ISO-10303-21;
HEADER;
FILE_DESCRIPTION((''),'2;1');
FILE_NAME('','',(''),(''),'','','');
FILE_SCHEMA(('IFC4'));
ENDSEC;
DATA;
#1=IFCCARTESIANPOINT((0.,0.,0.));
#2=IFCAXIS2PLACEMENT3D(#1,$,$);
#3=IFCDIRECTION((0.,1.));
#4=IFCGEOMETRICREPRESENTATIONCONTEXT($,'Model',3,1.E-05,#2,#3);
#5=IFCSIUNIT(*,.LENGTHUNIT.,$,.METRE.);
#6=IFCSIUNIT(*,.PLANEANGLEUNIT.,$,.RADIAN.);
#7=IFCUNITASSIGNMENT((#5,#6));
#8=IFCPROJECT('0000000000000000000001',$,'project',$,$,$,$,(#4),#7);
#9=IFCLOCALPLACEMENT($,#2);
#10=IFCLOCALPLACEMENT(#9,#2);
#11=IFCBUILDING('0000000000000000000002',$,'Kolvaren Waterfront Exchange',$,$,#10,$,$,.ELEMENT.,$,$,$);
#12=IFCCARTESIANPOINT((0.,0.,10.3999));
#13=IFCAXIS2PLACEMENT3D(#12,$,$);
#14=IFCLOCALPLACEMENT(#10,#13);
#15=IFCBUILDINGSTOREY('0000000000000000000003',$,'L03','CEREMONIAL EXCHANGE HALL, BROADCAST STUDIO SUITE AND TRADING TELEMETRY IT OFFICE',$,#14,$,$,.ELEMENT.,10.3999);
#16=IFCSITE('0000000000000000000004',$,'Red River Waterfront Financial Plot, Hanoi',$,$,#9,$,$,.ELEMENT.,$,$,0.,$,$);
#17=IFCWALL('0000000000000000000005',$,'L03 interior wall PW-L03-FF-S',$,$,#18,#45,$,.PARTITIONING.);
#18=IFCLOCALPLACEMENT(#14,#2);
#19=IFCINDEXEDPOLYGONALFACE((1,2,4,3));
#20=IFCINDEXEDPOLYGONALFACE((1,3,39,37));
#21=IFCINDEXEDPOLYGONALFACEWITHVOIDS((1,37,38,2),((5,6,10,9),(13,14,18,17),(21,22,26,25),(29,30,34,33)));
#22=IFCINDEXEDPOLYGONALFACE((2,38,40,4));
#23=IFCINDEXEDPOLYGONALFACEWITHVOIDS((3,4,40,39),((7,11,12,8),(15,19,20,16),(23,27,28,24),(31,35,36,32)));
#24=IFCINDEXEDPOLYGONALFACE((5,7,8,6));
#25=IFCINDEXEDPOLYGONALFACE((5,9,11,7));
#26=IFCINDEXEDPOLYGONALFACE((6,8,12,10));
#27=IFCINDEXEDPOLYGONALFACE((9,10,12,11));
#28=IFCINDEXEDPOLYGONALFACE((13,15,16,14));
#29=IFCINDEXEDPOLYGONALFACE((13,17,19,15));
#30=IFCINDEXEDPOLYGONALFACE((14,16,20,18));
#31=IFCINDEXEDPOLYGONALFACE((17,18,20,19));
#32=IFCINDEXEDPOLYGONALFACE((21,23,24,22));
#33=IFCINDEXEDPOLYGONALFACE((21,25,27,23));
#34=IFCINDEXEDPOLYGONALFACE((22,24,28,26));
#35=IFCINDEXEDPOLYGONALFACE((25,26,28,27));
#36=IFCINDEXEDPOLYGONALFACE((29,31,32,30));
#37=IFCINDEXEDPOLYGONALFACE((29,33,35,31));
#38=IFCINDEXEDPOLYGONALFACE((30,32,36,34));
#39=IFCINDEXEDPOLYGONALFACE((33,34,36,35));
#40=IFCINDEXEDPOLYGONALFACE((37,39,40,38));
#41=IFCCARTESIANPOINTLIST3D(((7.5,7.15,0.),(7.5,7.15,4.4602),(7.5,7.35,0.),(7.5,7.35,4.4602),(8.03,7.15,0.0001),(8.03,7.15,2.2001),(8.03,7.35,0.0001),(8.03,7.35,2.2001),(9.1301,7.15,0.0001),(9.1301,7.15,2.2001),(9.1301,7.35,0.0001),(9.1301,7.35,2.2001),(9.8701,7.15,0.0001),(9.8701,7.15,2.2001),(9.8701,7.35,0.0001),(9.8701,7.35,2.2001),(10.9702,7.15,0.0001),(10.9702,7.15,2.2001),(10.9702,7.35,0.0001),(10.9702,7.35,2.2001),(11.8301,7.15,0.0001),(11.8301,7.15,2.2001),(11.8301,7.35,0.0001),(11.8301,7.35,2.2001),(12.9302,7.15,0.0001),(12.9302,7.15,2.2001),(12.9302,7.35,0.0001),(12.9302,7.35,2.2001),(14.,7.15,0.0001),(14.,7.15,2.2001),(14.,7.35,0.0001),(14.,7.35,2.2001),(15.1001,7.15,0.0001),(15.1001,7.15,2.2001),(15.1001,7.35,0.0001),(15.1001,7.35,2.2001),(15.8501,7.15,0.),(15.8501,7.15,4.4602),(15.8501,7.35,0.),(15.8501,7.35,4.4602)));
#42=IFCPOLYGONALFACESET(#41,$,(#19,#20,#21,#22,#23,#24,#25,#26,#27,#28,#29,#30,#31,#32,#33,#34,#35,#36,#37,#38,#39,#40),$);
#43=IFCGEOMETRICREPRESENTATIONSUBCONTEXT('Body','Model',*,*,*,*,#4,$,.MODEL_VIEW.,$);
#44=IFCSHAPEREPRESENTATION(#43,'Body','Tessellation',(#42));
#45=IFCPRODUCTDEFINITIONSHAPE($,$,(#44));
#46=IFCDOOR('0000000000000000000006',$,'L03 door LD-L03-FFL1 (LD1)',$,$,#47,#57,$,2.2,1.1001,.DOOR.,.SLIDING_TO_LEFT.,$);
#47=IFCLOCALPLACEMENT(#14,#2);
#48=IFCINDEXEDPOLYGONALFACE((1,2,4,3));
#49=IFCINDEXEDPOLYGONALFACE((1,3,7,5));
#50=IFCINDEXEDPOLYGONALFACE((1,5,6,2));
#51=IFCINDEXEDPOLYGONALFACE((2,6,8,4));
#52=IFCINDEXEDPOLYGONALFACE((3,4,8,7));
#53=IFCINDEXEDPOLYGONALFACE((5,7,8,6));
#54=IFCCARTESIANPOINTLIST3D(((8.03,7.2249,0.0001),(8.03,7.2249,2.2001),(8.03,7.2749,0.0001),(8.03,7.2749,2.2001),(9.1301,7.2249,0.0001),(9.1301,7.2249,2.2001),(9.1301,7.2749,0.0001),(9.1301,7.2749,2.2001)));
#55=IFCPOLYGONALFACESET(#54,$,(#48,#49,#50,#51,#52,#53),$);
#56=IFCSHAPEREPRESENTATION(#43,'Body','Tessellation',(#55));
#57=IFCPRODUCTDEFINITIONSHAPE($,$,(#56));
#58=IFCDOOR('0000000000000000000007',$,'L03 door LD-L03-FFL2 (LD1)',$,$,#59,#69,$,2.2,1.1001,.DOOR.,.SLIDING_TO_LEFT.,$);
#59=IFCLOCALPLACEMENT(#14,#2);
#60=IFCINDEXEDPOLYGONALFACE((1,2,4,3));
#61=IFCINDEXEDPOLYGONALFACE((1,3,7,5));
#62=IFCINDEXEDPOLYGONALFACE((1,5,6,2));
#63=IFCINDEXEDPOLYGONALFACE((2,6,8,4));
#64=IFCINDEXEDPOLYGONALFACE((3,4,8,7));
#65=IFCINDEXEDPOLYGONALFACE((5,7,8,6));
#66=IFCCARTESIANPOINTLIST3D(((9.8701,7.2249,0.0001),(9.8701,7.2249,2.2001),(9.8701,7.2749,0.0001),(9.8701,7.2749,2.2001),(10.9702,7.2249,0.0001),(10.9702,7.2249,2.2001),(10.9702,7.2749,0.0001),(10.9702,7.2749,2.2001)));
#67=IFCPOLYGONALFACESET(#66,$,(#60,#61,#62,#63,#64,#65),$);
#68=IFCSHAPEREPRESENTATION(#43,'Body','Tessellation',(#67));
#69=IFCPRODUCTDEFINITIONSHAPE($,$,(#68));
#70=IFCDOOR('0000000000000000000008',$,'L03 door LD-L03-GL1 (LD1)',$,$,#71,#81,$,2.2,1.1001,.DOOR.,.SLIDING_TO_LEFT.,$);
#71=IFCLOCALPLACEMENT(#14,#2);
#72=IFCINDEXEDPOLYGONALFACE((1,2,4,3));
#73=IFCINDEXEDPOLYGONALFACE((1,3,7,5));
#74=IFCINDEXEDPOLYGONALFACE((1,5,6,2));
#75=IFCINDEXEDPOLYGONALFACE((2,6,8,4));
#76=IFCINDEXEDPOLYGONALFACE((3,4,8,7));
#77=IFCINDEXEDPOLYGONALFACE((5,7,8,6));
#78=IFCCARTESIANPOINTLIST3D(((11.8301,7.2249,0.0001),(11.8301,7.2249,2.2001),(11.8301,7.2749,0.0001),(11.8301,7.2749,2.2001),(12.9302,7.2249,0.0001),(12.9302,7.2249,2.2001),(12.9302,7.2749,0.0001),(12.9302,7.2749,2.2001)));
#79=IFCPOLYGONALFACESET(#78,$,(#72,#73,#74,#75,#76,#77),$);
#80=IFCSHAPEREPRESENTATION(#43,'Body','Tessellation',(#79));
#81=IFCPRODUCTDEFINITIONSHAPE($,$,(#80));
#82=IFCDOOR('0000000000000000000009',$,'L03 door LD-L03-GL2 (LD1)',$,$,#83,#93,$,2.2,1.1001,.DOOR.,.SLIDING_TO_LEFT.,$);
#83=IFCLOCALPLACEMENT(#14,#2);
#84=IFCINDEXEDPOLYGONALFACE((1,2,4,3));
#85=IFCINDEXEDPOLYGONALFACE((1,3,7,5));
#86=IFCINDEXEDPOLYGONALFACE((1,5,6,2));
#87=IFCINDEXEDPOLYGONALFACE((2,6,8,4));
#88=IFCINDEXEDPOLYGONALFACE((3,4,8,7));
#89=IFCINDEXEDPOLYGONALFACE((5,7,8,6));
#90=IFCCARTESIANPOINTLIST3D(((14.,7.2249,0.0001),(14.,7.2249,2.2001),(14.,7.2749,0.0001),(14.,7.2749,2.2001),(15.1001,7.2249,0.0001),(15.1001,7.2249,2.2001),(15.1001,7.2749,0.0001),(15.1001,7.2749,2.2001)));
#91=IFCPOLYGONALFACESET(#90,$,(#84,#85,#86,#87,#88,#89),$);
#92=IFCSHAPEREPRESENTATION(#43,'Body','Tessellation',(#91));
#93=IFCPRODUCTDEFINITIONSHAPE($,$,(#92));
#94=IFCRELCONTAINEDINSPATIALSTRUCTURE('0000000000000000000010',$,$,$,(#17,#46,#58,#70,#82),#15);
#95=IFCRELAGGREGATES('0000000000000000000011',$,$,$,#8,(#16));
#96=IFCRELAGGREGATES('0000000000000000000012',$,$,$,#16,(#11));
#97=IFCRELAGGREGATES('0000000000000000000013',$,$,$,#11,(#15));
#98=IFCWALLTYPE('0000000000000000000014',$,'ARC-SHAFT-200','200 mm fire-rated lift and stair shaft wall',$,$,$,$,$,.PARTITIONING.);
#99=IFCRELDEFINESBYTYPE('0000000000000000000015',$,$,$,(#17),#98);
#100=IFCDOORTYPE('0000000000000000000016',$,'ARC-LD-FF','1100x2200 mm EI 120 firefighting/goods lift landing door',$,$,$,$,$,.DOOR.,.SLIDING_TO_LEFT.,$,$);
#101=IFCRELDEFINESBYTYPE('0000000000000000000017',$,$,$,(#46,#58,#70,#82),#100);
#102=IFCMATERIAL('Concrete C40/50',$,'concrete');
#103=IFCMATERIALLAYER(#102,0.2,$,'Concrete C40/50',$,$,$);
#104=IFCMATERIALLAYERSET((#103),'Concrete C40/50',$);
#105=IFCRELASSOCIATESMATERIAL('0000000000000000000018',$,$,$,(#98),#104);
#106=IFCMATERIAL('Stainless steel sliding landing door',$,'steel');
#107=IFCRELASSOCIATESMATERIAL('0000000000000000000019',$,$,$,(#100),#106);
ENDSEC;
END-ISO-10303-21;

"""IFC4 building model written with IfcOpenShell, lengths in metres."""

from ifc_helpers import new_model, si_unit, direction, frame, frame_2d, origin, place, context, subcontext, project, spatial, rectangle, extrude, material, layer, layer_set, type_object, element, fill, save


model = new_model("IFC4")

# Units and contexts
model_context = context("Model", 3, precision=1e-05, world=origin(), true_north=direction((0.0, 1.0)))
body_context = subcontext(model_context, "Body", "Model", "MODEL_VIEW")
ifc_project = project(units=[si_unit("LENGTHUNIT", "METRE"), si_unit("PLANEANGLEUNIT", "RADIAN")], contexts=[model_context])

# Site, building, storey
site_placement = place(None, origin())
site = spatial("IfcSite", under=ifc_project, at=site_placement, Name="Red River Waterfront Financial Plot, Hanoi", CompositionType="ELEMENT", RefElevation=0.0)
building_placement = place(site_placement, origin())
building = spatial("IfcBuilding", under=site, at=building_placement, Name="Kolvaren Waterfront Exchange", CompositionType="ELEMENT")
storey_placement = place(building_placement, frame((0.0, 0.0, 10.3999)))
storey = spatial("IfcBuildingStorey", under=building, at=storey_placement, Name="L03", Description="CEREMONIAL EXCHANGE HALL, BROADCAST STUDIO SUITE AND TRADING TELEMETRY IT OFFICE", CompositionType="ELEMENT", Elevation=10.3999)

# Wall, openings, doors
ifc_material_1 = material(Name="Concrete C40/50", Category="concrete")
ifc_layer_1 = layer(ifc_material_1, 0.2, Name="Concrete C40/50")
ifc_layer_set_1 = layer_set([ifc_layer_1], Name="Concrete C40/50")
wall_type_1 = type_object("IfcWallType", Name="ARC-SHAFT-200", Description="200 mm fire-rated lift and stair shaft wall", PredefinedType="PARTITIONING", material=ifc_layer_set_1)
wall_1_placement = place(storey_placement, frame((7.5, 7.25, 0.0), z_axis=(0.0, 0.0, 1.0), x_axis=(1.0, 0.0, 0.0)))
wall_1 = element("IfcWall", 1, at=wall_1_placement, inside=storey, type_object=wall_type_1, Name="L03 interior wall PW-L03-FF-S", PredefinedType="PARTITIONING", context=body_context, shape_type="SweptSolid", body=[
    extrude(rectangle(XDim=8.3501, YDim=0.2, at=frame_2d((4.175, 0.0))), origin(), (0.0, 0.0, 1.0), 4.4602),
])
opening_1_placement = place(wall_1_placement, frame((0.53, 0.0, 0.0)))
opening_1 = element("IfcOpeningElement", 2, at=opening_1_placement, cuts=wall_1, PredefinedType="OPENING", context=body_context, shape_type="SweptSolid", body=[
    extrude(rectangle(XDim=1.1001, YDim=2.2, at=frame_2d((0.55, 1.1001))), frame((0.0, 0.1099, 0.0), z_axis=(0.0, -1.0, 0.0), x_axis=(1.0, 0.0, 0.0)), (0.0, 0.0, 1.0), 0.22),
])
opening_2_placement = place(wall_1_placement, frame((2.3701, 0.0, 0.0)))
opening_2 = element("IfcOpeningElement", 3, at=opening_2_placement, cuts=wall_1, PredefinedType="OPENING", context=body_context, shape_type="SweptSolid", body=[
    extrude(rectangle(XDim=1.1001, YDim=2.2, at=frame_2d((0.55, 1.1001))), frame((0.0, 0.1099, 0.0), z_axis=(0.0, -1.0, 0.0), x_axis=(1.0, 0.0, 0.0)), (0.0, 0.0, 1.0), 0.22),
])
opening_3_placement = place(wall_1_placement, frame((4.3301, 0.0, 0.0)))
opening_3 = element("IfcOpeningElement", 4, at=opening_3_placement, cuts=wall_1, PredefinedType="OPENING", context=body_context, shape_type="SweptSolid", body=[
    extrude(rectangle(XDim=1.1001, YDim=2.2, at=frame_2d((0.55, 1.1001))), frame((0.0, 0.1099, 0.0), z_axis=(0.0, -1.0, 0.0), x_axis=(1.0, 0.0, 0.0)), (0.0, 0.0, 1.0), 0.22),
])
opening_4_placement = place(wall_1_placement, frame((6.5, 0.0, 0.0)))
opening_4 = element("IfcOpeningElement", 5, at=opening_4_placement, cuts=wall_1, PredefinedType="OPENING", context=body_context, shape_type="SweptSolid", body=[
    extrude(rectangle(XDim=1.1001, YDim=2.2, at=frame_2d((0.55, 1.1001))), frame((0.0, 0.1099, 0.0), z_axis=(0.0, -1.0, 0.0), x_axis=(1.0, 0.0, 0.0)), (0.0, 0.0, 1.0), 0.22),
])
ifc_material_2 = material(Name="Stainless steel sliding landing door", Category="steel")
door_type_1 = type_object("IfcDoorType", Name="ARC-LD-FF", Description="1100x2200 mm EI 120 firefighting/goods lift landing door", OperationType="SLIDING_TO_LEFT", PredefinedType="DOOR", material=ifc_material_2)
door_1_placement = place(opening_1_placement, origin())
door_1 = element("IfcDoor", 6, at=door_1_placement, inside=storey, type_object=door_type_1, Name="L03 door LD-L03-FFL1 (LD1)", OperationType="SLIDING_TO_LEFT", OverallHeight=2.2, OverallWidth=1.1001, PredefinedType="DOOR", context=body_context, shape_type="SweptSolid", body=[
    extrude(rectangle(XDim=1.1001, YDim=2.2, at=frame_2d((0.55, 1.1001))), frame((0.0, 0.0249, 0.0), z_axis=(0.0, -1.0, 0.0), x_axis=(1.0, 0.0, 0.0)), (0.0, 0.0, 1.0), 0.05),
])
fill(opening_1, door_1)
door_2_placement = place(opening_2_placement, origin())
door_2 = element("IfcDoor", 7, at=door_2_placement, inside=storey, type_object=door_type_1, Name="L03 door LD-L03-FFL2 (LD1)", OperationType="SLIDING_TO_LEFT", OverallHeight=2.2, OverallWidth=1.1001, PredefinedType="DOOR", context=body_context, shape_type="SweptSolid", body=[
    extrude(rectangle(XDim=1.1001, YDim=2.2, at=frame_2d((0.55, 1.1001))), frame((0.0, 0.0249, 0.0), z_axis=(0.0, -1.0, 0.0), x_axis=(1.0, 0.0, 0.0)), (0.0, 0.0, 1.0), 0.05),
])
fill(opening_2, door_2)
door_3_placement = place(opening_3_placement, origin())
door_3 = element("IfcDoor", 8, at=door_3_placement, inside=storey, type_object=door_type_1, Name="L03 door LD-L03-GL1 (LD1)", OperationType="SLIDING_TO_LEFT", OverallHeight=2.2, OverallWidth=1.1001, PredefinedType="DOOR", context=body_context, shape_type="SweptSolid", body=[
    extrude(rectangle(XDim=1.1001, YDim=2.2, at=frame_2d((0.55, 1.1001))), frame((0.0, 0.0249, 0.0), z_axis=(0.0, -1.0, 0.0), x_axis=(1.0, 0.0, 0.0)), (0.0, 0.0, 1.0), 0.05),
])
fill(opening_3, door_3)
door_4_placement = place(opening_4_placement, origin())
door_4 = element("IfcDoor", 9, at=door_4_placement, inside=storey, type_object=door_type_1, Name="L03 door LD-L03-GL2 (LD1)", OperationType="SLIDING_TO_LEFT", OverallHeight=2.2, OverallWidth=1.1001, PredefinedType="DOOR", context=body_context, shape_type="SweptSolid", body=[
    extrude(rectangle(XDim=1.1001, YDim=2.2, at=frame_2d((0.55, 1.1001))), frame((0.0, 0.0249, 0.0), z_axis=(0.0, -1.0, 0.0), x_axis=(1.0, 0.0, 0.0)), (0.0, 0.0, 1.0), 0.05),
])
fill(opening_4, door_4)

save(model, "model.ifc")
